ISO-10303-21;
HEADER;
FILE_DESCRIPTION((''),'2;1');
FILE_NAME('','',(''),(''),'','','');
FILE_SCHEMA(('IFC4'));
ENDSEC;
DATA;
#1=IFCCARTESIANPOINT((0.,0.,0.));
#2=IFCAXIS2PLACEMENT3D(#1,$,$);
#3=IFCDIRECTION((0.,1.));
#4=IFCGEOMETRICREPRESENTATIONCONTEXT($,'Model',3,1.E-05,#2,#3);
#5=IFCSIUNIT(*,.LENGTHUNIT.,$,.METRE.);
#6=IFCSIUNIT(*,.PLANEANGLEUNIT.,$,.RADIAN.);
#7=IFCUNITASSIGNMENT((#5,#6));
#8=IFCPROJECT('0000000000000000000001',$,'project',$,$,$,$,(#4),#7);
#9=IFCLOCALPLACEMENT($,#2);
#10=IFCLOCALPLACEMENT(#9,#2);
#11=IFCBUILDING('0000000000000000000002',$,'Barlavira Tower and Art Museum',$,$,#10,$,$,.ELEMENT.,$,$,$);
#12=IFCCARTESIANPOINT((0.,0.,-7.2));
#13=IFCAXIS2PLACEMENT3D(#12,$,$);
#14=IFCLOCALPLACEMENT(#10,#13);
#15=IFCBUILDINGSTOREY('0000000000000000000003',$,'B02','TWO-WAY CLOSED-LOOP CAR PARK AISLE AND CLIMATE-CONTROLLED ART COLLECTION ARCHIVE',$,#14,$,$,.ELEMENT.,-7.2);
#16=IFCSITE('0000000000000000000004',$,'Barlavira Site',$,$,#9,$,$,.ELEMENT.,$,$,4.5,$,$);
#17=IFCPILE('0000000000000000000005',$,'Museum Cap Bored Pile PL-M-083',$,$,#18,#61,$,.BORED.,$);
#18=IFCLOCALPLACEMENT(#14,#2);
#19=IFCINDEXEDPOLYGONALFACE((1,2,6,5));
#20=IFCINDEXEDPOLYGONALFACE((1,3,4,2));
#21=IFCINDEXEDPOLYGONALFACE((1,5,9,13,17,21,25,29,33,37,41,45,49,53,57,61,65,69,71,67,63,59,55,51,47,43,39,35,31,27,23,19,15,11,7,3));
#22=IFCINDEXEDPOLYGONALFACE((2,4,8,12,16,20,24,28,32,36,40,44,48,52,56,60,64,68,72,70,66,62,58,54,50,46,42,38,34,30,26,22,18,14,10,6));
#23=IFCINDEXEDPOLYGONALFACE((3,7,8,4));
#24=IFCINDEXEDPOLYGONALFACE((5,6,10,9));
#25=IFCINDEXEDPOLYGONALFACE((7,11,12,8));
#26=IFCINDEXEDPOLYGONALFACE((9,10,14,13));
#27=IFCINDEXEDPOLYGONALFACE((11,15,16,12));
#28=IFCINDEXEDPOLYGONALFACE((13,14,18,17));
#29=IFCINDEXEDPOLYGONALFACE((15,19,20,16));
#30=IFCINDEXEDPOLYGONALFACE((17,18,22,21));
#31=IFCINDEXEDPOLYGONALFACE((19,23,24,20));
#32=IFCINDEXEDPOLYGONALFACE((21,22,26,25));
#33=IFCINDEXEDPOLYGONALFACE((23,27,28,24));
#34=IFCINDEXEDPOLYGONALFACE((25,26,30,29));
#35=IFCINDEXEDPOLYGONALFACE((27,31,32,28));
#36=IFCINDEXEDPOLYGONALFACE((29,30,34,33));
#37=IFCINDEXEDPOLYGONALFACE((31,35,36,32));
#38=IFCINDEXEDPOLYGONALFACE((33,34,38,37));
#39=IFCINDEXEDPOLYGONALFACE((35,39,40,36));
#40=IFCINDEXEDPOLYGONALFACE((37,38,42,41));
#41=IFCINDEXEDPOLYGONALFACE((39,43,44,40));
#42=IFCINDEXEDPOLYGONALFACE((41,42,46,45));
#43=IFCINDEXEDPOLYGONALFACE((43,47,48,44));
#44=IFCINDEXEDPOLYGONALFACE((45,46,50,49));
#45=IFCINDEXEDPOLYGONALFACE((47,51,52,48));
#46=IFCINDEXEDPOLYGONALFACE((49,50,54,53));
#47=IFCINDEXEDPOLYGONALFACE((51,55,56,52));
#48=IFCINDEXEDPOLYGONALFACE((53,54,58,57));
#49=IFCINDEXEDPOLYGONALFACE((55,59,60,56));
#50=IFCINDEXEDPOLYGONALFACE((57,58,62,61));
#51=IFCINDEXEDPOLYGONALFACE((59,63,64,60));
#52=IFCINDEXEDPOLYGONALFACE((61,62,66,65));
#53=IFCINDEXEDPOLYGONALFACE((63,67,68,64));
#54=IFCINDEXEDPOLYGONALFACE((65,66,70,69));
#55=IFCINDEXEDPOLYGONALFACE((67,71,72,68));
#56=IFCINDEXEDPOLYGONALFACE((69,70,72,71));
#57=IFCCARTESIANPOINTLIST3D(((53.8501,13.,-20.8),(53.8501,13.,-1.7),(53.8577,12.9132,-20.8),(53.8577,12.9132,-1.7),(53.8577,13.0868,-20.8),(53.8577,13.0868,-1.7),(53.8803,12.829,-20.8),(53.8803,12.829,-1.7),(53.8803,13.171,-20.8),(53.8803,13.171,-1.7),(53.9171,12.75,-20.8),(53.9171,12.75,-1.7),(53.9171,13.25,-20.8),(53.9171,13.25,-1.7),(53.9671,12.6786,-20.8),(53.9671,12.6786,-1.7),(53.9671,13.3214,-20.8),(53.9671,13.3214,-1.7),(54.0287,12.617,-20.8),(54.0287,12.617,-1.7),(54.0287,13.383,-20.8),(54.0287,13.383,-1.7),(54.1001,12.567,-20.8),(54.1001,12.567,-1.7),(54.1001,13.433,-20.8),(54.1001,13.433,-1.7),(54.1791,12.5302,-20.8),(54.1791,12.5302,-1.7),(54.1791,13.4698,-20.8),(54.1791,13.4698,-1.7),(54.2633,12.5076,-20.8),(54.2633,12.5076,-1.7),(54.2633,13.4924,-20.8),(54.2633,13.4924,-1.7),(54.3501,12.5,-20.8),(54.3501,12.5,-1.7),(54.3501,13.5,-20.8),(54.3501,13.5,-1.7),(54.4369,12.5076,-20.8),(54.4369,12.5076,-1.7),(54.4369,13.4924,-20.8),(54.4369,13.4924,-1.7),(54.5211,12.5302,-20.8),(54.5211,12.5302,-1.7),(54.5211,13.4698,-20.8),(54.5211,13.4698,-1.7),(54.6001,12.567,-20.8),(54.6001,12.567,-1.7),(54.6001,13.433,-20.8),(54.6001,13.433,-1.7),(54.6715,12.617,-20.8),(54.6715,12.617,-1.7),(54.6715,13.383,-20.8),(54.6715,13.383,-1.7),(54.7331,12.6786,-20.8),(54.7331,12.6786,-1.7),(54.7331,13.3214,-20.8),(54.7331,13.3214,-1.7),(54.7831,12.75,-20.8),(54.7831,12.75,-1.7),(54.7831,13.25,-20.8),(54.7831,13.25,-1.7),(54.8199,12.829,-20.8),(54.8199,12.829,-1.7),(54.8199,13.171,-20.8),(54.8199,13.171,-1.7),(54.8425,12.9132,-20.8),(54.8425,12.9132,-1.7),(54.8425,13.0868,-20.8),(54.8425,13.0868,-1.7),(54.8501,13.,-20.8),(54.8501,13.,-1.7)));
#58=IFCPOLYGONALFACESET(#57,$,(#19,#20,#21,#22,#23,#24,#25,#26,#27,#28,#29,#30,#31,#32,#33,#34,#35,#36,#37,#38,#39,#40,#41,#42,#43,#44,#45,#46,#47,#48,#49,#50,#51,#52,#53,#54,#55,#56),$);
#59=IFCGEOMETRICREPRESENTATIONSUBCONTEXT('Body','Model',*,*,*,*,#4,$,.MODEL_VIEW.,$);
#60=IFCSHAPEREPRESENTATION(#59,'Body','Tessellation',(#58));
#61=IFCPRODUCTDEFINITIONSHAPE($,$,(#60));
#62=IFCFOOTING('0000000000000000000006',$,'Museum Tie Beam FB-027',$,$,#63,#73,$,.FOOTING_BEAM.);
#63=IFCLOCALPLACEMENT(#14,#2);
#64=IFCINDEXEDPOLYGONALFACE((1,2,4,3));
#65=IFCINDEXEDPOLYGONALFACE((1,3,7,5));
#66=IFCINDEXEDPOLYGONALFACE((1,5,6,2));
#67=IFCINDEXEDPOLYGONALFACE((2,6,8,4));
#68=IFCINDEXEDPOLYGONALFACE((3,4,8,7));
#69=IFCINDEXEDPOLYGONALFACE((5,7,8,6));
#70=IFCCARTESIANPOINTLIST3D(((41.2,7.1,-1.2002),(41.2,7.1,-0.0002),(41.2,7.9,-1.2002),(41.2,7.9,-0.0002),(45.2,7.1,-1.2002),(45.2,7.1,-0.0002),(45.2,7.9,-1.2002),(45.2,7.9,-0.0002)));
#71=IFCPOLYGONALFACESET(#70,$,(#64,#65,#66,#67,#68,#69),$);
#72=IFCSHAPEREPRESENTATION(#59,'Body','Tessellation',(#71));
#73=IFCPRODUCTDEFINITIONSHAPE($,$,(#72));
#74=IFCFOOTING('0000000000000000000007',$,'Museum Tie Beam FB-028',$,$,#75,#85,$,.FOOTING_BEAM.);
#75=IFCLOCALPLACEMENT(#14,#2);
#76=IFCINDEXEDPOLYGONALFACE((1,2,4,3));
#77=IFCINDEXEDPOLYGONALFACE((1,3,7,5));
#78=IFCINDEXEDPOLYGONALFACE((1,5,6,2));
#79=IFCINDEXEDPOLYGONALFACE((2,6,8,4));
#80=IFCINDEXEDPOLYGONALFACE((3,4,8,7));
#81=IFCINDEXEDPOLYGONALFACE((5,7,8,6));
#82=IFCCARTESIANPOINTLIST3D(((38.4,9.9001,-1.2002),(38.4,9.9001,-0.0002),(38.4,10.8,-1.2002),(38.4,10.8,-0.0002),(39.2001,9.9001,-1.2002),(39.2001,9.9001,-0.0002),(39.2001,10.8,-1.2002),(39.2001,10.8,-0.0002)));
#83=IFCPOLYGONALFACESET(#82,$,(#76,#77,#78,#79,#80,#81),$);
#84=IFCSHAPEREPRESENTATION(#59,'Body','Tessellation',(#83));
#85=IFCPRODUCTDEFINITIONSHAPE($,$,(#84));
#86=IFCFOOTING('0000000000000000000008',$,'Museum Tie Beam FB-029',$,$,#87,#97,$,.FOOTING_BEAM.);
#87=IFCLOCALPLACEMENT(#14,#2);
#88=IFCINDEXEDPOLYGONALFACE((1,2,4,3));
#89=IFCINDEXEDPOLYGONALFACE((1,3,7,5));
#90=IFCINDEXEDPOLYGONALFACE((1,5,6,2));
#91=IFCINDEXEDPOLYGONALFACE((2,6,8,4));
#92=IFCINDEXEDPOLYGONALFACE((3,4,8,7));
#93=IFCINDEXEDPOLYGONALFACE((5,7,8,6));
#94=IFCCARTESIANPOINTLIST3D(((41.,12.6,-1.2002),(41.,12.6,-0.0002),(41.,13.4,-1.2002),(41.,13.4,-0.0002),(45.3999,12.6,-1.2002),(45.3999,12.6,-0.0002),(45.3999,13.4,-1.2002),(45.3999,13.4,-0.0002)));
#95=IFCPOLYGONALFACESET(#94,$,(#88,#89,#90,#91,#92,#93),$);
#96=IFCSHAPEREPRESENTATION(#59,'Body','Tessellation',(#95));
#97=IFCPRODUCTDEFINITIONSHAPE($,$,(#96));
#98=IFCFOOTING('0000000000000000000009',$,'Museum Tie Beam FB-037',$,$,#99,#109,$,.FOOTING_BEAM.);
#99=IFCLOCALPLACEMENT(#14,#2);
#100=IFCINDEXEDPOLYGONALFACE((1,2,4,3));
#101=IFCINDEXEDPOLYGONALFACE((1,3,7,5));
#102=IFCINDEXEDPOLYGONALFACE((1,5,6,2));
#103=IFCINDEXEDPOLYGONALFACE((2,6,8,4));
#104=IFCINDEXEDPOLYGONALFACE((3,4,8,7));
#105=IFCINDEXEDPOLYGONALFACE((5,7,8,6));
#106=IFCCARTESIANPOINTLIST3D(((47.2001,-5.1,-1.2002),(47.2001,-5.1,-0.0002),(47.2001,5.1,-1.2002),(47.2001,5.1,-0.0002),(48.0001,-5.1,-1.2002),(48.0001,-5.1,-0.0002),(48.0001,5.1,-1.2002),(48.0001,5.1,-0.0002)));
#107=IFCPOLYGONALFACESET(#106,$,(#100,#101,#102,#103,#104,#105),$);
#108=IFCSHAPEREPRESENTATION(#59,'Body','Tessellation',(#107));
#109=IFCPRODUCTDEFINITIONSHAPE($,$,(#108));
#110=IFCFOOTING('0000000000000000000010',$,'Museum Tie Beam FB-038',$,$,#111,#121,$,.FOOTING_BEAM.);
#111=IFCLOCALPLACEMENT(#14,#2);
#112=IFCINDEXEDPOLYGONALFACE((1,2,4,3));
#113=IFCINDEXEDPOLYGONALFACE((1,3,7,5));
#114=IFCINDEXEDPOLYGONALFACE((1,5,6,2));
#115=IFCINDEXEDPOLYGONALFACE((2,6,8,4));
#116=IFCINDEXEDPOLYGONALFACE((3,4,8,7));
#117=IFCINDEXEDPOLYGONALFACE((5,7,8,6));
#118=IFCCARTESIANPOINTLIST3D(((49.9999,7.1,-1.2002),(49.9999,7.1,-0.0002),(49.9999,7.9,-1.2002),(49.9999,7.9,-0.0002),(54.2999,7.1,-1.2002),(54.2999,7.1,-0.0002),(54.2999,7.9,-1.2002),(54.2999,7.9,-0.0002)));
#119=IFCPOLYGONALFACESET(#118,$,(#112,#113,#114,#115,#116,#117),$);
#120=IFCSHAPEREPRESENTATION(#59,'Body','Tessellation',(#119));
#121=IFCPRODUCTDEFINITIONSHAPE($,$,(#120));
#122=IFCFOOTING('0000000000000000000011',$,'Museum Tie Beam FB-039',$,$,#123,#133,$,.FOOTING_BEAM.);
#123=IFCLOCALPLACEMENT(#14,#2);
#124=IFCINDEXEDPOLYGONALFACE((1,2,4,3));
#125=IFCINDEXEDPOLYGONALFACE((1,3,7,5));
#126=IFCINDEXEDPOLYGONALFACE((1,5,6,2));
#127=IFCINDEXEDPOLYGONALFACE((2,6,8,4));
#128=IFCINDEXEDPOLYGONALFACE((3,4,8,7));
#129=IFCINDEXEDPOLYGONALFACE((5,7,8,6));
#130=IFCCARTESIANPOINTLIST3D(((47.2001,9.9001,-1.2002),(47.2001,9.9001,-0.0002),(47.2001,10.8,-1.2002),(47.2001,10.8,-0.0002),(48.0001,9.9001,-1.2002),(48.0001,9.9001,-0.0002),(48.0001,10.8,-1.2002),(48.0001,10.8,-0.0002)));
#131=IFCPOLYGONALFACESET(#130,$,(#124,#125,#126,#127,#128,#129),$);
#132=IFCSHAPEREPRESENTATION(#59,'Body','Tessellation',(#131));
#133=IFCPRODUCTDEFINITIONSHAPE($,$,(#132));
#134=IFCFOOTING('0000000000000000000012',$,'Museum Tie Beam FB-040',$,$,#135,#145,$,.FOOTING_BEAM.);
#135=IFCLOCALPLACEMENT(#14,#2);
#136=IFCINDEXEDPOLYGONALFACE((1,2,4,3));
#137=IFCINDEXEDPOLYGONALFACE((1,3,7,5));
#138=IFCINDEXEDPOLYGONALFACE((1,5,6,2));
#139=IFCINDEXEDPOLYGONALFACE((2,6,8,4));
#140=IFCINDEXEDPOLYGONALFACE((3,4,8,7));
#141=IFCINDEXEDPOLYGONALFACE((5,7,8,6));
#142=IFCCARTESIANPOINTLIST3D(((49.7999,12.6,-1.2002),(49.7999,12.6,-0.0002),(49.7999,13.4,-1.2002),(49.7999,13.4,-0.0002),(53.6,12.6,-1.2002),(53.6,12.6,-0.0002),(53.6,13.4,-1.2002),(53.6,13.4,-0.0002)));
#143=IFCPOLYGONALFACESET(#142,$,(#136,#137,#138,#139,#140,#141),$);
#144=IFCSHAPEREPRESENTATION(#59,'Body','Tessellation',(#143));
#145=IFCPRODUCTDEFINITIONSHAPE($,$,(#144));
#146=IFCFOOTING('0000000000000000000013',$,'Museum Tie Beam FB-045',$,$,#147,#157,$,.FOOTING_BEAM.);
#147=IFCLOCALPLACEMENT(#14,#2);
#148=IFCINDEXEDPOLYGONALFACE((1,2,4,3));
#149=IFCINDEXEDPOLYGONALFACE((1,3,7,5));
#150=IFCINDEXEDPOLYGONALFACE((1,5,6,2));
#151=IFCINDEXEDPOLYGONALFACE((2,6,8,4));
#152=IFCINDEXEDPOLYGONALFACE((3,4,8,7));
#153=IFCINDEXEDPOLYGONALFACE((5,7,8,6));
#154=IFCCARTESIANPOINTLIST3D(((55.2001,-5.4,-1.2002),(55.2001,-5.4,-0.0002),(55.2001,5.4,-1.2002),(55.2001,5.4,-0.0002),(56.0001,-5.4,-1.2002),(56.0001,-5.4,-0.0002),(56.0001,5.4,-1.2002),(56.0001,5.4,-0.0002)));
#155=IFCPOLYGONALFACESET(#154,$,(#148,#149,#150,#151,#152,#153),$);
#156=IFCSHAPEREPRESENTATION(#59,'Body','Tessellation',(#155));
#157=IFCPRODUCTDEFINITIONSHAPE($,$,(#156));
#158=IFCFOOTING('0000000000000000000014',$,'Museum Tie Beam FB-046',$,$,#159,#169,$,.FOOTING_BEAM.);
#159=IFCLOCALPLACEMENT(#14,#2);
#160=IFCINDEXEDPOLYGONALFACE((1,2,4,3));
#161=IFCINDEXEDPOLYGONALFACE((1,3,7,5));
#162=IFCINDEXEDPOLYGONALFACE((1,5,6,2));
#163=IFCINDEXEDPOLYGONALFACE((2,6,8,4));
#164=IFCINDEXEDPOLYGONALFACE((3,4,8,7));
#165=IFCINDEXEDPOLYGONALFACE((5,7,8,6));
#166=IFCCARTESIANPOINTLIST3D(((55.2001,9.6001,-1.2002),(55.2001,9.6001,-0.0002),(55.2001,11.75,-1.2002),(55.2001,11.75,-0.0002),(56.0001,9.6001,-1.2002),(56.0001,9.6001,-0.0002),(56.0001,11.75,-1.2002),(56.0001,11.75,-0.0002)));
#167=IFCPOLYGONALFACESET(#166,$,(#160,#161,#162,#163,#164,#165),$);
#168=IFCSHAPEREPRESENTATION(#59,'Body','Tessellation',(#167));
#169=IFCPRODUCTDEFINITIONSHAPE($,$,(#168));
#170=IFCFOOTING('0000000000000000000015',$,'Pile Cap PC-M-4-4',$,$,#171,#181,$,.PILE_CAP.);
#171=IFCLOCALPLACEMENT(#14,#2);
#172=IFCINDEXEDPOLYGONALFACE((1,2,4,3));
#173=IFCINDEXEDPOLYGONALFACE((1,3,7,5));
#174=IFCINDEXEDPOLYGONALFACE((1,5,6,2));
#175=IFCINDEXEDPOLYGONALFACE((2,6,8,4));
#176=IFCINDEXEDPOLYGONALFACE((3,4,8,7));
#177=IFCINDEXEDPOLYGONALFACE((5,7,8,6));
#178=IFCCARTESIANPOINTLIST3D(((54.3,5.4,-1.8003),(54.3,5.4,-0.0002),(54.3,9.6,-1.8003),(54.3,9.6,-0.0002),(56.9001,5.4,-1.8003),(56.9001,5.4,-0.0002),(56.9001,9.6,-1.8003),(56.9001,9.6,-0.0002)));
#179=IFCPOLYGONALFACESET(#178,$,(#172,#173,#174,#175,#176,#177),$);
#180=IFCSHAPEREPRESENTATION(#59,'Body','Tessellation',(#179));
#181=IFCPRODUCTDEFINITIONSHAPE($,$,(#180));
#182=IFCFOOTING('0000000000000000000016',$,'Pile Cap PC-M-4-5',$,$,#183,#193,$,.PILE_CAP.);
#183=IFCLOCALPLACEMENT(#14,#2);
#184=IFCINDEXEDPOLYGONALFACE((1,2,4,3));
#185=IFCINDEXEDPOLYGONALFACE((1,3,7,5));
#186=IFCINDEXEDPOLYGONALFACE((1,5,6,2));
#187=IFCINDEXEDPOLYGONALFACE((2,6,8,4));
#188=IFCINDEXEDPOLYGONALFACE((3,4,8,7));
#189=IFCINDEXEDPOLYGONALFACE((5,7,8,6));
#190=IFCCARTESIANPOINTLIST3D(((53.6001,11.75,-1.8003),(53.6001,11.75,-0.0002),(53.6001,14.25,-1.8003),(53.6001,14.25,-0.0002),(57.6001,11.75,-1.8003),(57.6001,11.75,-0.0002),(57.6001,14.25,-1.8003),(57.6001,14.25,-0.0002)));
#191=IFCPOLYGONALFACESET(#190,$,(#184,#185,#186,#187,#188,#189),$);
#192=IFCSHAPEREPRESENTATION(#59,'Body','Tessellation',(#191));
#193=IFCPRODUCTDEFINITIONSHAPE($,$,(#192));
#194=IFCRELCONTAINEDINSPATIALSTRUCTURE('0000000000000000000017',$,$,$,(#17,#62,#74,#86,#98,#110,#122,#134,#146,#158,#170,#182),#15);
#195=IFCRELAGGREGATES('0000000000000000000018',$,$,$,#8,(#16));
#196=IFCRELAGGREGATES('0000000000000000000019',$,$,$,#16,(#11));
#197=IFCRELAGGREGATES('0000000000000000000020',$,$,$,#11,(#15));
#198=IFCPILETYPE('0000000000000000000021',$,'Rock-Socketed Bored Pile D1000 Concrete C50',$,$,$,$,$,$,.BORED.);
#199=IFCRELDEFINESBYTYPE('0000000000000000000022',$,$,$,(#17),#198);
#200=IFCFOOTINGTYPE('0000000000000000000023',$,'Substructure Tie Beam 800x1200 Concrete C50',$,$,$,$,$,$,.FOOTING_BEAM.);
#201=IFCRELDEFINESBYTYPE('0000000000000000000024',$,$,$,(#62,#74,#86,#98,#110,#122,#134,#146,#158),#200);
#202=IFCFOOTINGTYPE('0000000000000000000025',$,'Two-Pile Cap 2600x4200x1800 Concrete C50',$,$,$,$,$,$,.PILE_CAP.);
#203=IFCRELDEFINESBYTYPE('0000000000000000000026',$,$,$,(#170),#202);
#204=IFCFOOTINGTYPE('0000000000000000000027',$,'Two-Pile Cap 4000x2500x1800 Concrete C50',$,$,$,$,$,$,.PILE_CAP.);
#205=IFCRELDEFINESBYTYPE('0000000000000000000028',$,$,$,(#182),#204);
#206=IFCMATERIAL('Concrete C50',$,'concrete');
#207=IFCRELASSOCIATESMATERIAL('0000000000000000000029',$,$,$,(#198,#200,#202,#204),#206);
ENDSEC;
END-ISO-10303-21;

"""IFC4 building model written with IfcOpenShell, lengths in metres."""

from ifc_helpers import new_model, si_unit, direction, frame, origin, origin_2d, place, context, subcontext, project, spatial, rectangle, circle, extrude, material, material_profile, profile_set, type_object, element, save


model = new_model("IFC4")

# Units and contexts
model_context = context("Model", 3, precision=1e-05, world=origin(), true_north=direction((0.0, 1.0)))
body_context = subcontext(model_context, "Body", "Model", "MODEL_VIEW")
ifc_project = project(units=[si_unit("LENGTHUNIT", "METRE"), si_unit("PLANEANGLEUNIT", "RADIAN")], contexts=[model_context])

# Site, building, storey
site_placement = place(None, origin())
site = spatial("IfcSite", under=ifc_project, at=site_placement, Name="Barlavira Site", CompositionType="ELEMENT", RefElevation=4.5)
building_placement = place(site_placement, origin())
building = spatial("IfcBuilding", under=site, at=building_placement, Name="Barlavira Tower and Art Museum", CompositionType="ELEMENT")
storey_placement = place(building_placement, frame((0.0, 0.0, -7.2)))
storey = spatial("IfcBuildingStorey", under=building, at=storey_placement, Name="B02", Description="TWO-WAY CLOSED-LOOP CAR PARK AISLE AND CLIMATE-CONTROLLED ART COLLECTION ARCHIVE", CompositionType="ELEMENT", Elevation=-7.2)

# Shared definitions
ifc_material = material(Name="Concrete C50", Category="concrete")

# Pile
ifc_material_profile_1 = material_profile(ifc_material, circle(Radius=0.5, at=origin_2d()), Name="BORED PILE D1000")
ifc_profile_set_1 = profile_set([ifc_material_profile_1], Name="Concrete C50")
pile_type = type_object("IfcPileType", Name="Rock-Socketed Bored Pile D1000 Concrete C50", PredefinedType="BORED", material=ifc_profile_set_1)
for number, where, z_axis, x_axis, name in (
    (1, (54.3501, 13.0, -1.7), (0.0, 0.0, -1.0), (1.0, 0.0, 0.0), "Museum Cap Bored Pile PL-M-083"),
):
    element("IfcPile", number, at=place(storey_placement, frame(where, z_axis=z_axis, x_axis=x_axis)), inside=storey, type_object=pile_type, Name=name, PredefinedType="BORED", context=body_context, shape_type="SweptSolid", body=[
        extrude(circle(Radius=0.5, at=origin_2d()), origin(), (0.0, 0.0, 1.0), 19.1001),
    ])

# Footings
footing_type_1 = type_object("IfcFootingType", Name="Substructure Tie Beam 800x1200 Concrete C50", PredefinedType="FOOTING_BEAM", material=ifc_material)
footing_1_placement = place(storey_placement, frame((43.2, 7.5, -1.2002), z_axis=(0.0, 0.0, 1.0), x_axis=(1.0, 0.0, 0.0)))
element("IfcFooting", 2, at=footing_1_placement, inside=storey, type_object=footing_type_1, Name="Museum Tie Beam FB-027", PredefinedType="FOOTING_BEAM", context=body_context, shape_type="SweptSolid", body=[
    extrude(rectangle(XDim=4.0, YDim=0.8, at=origin_2d()), origin(), (0.0, 0.0, 1.0), 1.2),
])
footing_2_placement = place(storey_placement, frame((38.8, 10.3501, -1.2002), z_axis=(0.0, 0.0, 1.0), x_axis=(1.0, 0.0, 0.0)))
element("IfcFooting", 3, at=footing_2_placement, inside=storey, type_object=footing_type_1, Name="Museum Tie Beam FB-028", PredefinedType="FOOTING_BEAM", context=body_context, shape_type="SweptSolid", body=[
    extrude(rectangle(XDim=0.8, YDim=0.8999, at=origin_2d()), origin(), (0.0, 0.0, 1.0), 1.2),
])
footing_3_placement = place(storey_placement, frame((43.2, 13.0, -1.2002), z_axis=(0.0, 0.0, 1.0), x_axis=(1.0, 0.0, 0.0)))
element("IfcFooting", 4, at=footing_3_placement, inside=storey, type_object=footing_type_1, Name="Museum Tie Beam FB-029", PredefinedType="FOOTING_BEAM", context=body_context, shape_type="SweptSolid", body=[
    extrude(rectangle(XDim=4.3999, YDim=0.8, at=origin_2d()), origin(), (0.0, 0.0, 1.0), 1.2),
])
footing_4_placement = place(storey_placement, frame((47.6001, 0.0, -1.2002), z_axis=(0.0, 0.0, 1.0), x_axis=(1.0, 0.0, 0.0)))
element("IfcFooting", 5, at=footing_4_placement, inside=storey, type_object=footing_type_1, Name="Museum Tie Beam FB-037", PredefinedType="FOOTING_BEAM", context=body_context, shape_type="SweptSolid", body=[
    extrude(rectangle(XDim=0.8, YDim=10.2, at=origin_2d()), origin(), (0.0, 0.0, 1.0), 1.2),
])
footing_5_placement = place(storey_placement, frame((52.1499, 7.5, -1.2002), z_axis=(0.0, 0.0, 1.0), x_axis=(1.0, 0.0, 0.0)))
element("IfcFooting", 6, at=footing_5_placement, inside=storey, type_object=footing_type_1, Name="Museum Tie Beam FB-038", PredefinedType="FOOTING_BEAM", context=body_context, shape_type="SweptSolid", body=[
    extrude(rectangle(XDim=4.3, YDim=0.8, at=origin_2d()), origin(), (0.0, 0.0, 1.0), 1.2),
])
footing_6_placement = place(storey_placement, frame((47.6001, 10.3501, -1.2002), z_axis=(0.0, 0.0, 1.0), x_axis=(1.0, 0.0, 0.0)))
element("IfcFooting", 7, at=footing_6_placement, inside=storey, type_object=footing_type_1, Name="Museum Tie Beam FB-039", PredefinedType="FOOTING_BEAM", context=body_context, shape_type="SweptSolid", body=[
    extrude(rectangle(XDim=0.8, YDim=0.8999, at=origin_2d()), origin(), (0.0, 0.0, 1.0), 1.2),
])
footing_7_placement = place(storey_placement, frame((51.7, 13.0, -1.2002), z_axis=(0.0, 0.0, 1.0), x_axis=(1.0, 0.0, 0.0)))
element("IfcFooting", 8, at=footing_7_placement, inside=storey, type_object=footing_type_1, Name="Museum Tie Beam FB-040", PredefinedType="FOOTING_BEAM", context=body_context, shape_type="SweptSolid", body=[
    extrude(rectangle(XDim=3.8, YDim=0.8, at=origin_2d()), origin(), (0.0, 0.0, 1.0), 1.2),
])
footing_8_placement = place(storey_placement, frame((55.6001, 0.0, -1.2002), z_axis=(0.0, 0.0, 1.0), x_axis=(1.0, 0.0, 0.0)))
element("IfcFooting", 9, at=footing_8_placement, inside=storey, type_object=footing_type_1, Name="Museum Tie Beam FB-045", PredefinedType="FOOTING_BEAM", context=body_context, shape_type="SweptSolid", body=[
    extrude(rectangle(XDim=0.8, YDim=10.8, at=origin_2d()), origin(), (0.0, 0.0, 1.0), 1.2),
])
footing_9_placement = place(storey_placement, frame((55.6001, 10.675, -1.2002), z_axis=(0.0, 0.0, 1.0), x_axis=(1.0, 0.0, 0.0)))
element("IfcFooting", 10, at=footing_9_placement, inside=storey, type_object=footing_type_1, Name="Museum Tie Beam FB-046", PredefinedType="FOOTING_BEAM", context=body_context, shape_type="SweptSolid", body=[
    extrude(rectangle(XDim=0.8, YDim=2.1499, at=origin_2d()), origin(), (0.0, 0.0, 1.0), 1.2),
])
footing_type_2 = type_object("IfcFootingType", Name="Two-Pile Cap 2600x4200x1800 Concrete C50", PredefinedType="PILE_CAP", material=ifc_material)
footing_10_placement = place(storey_placement, frame((55.6001, 7.5, -1.8003), z_axis=(0.0, 0.0, 1.0), x_axis=(1.0, 0.0, 0.0)))
element("IfcFooting", 11, at=footing_10_placement, inside=storey, type_object=footing_type_2, Name="Pile Cap PC-M-4-4", PredefinedType="PILE_CAP", context=body_context, shape_type="SweptSolid", body=[
    extrude(rectangle(XDim=2.6001, YDim=4.2, at=origin_2d()), origin(), (0.0, 0.0, 1.0), 1.8),
])
footing_type_3 = type_object("IfcFootingType", Name="Two-Pile Cap 4000x2500x1800 Concrete C50", PredefinedType="PILE_CAP", material=ifc_material)
footing_11_placement = place(storey_placement, frame((55.6001, 13.0, -1.8003), z_axis=(0.0, 0.0, 1.0), x_axis=(1.0, 0.0, 0.0)))
element("IfcFooting", 12, at=footing_11_placement, inside=storey, type_object=footing_type_3, Name="Pile Cap PC-M-4-5", PredefinedType="PILE_CAP", context=body_context, shape_type="SweptSolid", body=[
    extrude(rectangle(XDim=4.0, YDim=2.5, at=origin_2d()), origin(), (0.0, 0.0, 1.0), 1.8),
])

save(model, "model.ifc")
